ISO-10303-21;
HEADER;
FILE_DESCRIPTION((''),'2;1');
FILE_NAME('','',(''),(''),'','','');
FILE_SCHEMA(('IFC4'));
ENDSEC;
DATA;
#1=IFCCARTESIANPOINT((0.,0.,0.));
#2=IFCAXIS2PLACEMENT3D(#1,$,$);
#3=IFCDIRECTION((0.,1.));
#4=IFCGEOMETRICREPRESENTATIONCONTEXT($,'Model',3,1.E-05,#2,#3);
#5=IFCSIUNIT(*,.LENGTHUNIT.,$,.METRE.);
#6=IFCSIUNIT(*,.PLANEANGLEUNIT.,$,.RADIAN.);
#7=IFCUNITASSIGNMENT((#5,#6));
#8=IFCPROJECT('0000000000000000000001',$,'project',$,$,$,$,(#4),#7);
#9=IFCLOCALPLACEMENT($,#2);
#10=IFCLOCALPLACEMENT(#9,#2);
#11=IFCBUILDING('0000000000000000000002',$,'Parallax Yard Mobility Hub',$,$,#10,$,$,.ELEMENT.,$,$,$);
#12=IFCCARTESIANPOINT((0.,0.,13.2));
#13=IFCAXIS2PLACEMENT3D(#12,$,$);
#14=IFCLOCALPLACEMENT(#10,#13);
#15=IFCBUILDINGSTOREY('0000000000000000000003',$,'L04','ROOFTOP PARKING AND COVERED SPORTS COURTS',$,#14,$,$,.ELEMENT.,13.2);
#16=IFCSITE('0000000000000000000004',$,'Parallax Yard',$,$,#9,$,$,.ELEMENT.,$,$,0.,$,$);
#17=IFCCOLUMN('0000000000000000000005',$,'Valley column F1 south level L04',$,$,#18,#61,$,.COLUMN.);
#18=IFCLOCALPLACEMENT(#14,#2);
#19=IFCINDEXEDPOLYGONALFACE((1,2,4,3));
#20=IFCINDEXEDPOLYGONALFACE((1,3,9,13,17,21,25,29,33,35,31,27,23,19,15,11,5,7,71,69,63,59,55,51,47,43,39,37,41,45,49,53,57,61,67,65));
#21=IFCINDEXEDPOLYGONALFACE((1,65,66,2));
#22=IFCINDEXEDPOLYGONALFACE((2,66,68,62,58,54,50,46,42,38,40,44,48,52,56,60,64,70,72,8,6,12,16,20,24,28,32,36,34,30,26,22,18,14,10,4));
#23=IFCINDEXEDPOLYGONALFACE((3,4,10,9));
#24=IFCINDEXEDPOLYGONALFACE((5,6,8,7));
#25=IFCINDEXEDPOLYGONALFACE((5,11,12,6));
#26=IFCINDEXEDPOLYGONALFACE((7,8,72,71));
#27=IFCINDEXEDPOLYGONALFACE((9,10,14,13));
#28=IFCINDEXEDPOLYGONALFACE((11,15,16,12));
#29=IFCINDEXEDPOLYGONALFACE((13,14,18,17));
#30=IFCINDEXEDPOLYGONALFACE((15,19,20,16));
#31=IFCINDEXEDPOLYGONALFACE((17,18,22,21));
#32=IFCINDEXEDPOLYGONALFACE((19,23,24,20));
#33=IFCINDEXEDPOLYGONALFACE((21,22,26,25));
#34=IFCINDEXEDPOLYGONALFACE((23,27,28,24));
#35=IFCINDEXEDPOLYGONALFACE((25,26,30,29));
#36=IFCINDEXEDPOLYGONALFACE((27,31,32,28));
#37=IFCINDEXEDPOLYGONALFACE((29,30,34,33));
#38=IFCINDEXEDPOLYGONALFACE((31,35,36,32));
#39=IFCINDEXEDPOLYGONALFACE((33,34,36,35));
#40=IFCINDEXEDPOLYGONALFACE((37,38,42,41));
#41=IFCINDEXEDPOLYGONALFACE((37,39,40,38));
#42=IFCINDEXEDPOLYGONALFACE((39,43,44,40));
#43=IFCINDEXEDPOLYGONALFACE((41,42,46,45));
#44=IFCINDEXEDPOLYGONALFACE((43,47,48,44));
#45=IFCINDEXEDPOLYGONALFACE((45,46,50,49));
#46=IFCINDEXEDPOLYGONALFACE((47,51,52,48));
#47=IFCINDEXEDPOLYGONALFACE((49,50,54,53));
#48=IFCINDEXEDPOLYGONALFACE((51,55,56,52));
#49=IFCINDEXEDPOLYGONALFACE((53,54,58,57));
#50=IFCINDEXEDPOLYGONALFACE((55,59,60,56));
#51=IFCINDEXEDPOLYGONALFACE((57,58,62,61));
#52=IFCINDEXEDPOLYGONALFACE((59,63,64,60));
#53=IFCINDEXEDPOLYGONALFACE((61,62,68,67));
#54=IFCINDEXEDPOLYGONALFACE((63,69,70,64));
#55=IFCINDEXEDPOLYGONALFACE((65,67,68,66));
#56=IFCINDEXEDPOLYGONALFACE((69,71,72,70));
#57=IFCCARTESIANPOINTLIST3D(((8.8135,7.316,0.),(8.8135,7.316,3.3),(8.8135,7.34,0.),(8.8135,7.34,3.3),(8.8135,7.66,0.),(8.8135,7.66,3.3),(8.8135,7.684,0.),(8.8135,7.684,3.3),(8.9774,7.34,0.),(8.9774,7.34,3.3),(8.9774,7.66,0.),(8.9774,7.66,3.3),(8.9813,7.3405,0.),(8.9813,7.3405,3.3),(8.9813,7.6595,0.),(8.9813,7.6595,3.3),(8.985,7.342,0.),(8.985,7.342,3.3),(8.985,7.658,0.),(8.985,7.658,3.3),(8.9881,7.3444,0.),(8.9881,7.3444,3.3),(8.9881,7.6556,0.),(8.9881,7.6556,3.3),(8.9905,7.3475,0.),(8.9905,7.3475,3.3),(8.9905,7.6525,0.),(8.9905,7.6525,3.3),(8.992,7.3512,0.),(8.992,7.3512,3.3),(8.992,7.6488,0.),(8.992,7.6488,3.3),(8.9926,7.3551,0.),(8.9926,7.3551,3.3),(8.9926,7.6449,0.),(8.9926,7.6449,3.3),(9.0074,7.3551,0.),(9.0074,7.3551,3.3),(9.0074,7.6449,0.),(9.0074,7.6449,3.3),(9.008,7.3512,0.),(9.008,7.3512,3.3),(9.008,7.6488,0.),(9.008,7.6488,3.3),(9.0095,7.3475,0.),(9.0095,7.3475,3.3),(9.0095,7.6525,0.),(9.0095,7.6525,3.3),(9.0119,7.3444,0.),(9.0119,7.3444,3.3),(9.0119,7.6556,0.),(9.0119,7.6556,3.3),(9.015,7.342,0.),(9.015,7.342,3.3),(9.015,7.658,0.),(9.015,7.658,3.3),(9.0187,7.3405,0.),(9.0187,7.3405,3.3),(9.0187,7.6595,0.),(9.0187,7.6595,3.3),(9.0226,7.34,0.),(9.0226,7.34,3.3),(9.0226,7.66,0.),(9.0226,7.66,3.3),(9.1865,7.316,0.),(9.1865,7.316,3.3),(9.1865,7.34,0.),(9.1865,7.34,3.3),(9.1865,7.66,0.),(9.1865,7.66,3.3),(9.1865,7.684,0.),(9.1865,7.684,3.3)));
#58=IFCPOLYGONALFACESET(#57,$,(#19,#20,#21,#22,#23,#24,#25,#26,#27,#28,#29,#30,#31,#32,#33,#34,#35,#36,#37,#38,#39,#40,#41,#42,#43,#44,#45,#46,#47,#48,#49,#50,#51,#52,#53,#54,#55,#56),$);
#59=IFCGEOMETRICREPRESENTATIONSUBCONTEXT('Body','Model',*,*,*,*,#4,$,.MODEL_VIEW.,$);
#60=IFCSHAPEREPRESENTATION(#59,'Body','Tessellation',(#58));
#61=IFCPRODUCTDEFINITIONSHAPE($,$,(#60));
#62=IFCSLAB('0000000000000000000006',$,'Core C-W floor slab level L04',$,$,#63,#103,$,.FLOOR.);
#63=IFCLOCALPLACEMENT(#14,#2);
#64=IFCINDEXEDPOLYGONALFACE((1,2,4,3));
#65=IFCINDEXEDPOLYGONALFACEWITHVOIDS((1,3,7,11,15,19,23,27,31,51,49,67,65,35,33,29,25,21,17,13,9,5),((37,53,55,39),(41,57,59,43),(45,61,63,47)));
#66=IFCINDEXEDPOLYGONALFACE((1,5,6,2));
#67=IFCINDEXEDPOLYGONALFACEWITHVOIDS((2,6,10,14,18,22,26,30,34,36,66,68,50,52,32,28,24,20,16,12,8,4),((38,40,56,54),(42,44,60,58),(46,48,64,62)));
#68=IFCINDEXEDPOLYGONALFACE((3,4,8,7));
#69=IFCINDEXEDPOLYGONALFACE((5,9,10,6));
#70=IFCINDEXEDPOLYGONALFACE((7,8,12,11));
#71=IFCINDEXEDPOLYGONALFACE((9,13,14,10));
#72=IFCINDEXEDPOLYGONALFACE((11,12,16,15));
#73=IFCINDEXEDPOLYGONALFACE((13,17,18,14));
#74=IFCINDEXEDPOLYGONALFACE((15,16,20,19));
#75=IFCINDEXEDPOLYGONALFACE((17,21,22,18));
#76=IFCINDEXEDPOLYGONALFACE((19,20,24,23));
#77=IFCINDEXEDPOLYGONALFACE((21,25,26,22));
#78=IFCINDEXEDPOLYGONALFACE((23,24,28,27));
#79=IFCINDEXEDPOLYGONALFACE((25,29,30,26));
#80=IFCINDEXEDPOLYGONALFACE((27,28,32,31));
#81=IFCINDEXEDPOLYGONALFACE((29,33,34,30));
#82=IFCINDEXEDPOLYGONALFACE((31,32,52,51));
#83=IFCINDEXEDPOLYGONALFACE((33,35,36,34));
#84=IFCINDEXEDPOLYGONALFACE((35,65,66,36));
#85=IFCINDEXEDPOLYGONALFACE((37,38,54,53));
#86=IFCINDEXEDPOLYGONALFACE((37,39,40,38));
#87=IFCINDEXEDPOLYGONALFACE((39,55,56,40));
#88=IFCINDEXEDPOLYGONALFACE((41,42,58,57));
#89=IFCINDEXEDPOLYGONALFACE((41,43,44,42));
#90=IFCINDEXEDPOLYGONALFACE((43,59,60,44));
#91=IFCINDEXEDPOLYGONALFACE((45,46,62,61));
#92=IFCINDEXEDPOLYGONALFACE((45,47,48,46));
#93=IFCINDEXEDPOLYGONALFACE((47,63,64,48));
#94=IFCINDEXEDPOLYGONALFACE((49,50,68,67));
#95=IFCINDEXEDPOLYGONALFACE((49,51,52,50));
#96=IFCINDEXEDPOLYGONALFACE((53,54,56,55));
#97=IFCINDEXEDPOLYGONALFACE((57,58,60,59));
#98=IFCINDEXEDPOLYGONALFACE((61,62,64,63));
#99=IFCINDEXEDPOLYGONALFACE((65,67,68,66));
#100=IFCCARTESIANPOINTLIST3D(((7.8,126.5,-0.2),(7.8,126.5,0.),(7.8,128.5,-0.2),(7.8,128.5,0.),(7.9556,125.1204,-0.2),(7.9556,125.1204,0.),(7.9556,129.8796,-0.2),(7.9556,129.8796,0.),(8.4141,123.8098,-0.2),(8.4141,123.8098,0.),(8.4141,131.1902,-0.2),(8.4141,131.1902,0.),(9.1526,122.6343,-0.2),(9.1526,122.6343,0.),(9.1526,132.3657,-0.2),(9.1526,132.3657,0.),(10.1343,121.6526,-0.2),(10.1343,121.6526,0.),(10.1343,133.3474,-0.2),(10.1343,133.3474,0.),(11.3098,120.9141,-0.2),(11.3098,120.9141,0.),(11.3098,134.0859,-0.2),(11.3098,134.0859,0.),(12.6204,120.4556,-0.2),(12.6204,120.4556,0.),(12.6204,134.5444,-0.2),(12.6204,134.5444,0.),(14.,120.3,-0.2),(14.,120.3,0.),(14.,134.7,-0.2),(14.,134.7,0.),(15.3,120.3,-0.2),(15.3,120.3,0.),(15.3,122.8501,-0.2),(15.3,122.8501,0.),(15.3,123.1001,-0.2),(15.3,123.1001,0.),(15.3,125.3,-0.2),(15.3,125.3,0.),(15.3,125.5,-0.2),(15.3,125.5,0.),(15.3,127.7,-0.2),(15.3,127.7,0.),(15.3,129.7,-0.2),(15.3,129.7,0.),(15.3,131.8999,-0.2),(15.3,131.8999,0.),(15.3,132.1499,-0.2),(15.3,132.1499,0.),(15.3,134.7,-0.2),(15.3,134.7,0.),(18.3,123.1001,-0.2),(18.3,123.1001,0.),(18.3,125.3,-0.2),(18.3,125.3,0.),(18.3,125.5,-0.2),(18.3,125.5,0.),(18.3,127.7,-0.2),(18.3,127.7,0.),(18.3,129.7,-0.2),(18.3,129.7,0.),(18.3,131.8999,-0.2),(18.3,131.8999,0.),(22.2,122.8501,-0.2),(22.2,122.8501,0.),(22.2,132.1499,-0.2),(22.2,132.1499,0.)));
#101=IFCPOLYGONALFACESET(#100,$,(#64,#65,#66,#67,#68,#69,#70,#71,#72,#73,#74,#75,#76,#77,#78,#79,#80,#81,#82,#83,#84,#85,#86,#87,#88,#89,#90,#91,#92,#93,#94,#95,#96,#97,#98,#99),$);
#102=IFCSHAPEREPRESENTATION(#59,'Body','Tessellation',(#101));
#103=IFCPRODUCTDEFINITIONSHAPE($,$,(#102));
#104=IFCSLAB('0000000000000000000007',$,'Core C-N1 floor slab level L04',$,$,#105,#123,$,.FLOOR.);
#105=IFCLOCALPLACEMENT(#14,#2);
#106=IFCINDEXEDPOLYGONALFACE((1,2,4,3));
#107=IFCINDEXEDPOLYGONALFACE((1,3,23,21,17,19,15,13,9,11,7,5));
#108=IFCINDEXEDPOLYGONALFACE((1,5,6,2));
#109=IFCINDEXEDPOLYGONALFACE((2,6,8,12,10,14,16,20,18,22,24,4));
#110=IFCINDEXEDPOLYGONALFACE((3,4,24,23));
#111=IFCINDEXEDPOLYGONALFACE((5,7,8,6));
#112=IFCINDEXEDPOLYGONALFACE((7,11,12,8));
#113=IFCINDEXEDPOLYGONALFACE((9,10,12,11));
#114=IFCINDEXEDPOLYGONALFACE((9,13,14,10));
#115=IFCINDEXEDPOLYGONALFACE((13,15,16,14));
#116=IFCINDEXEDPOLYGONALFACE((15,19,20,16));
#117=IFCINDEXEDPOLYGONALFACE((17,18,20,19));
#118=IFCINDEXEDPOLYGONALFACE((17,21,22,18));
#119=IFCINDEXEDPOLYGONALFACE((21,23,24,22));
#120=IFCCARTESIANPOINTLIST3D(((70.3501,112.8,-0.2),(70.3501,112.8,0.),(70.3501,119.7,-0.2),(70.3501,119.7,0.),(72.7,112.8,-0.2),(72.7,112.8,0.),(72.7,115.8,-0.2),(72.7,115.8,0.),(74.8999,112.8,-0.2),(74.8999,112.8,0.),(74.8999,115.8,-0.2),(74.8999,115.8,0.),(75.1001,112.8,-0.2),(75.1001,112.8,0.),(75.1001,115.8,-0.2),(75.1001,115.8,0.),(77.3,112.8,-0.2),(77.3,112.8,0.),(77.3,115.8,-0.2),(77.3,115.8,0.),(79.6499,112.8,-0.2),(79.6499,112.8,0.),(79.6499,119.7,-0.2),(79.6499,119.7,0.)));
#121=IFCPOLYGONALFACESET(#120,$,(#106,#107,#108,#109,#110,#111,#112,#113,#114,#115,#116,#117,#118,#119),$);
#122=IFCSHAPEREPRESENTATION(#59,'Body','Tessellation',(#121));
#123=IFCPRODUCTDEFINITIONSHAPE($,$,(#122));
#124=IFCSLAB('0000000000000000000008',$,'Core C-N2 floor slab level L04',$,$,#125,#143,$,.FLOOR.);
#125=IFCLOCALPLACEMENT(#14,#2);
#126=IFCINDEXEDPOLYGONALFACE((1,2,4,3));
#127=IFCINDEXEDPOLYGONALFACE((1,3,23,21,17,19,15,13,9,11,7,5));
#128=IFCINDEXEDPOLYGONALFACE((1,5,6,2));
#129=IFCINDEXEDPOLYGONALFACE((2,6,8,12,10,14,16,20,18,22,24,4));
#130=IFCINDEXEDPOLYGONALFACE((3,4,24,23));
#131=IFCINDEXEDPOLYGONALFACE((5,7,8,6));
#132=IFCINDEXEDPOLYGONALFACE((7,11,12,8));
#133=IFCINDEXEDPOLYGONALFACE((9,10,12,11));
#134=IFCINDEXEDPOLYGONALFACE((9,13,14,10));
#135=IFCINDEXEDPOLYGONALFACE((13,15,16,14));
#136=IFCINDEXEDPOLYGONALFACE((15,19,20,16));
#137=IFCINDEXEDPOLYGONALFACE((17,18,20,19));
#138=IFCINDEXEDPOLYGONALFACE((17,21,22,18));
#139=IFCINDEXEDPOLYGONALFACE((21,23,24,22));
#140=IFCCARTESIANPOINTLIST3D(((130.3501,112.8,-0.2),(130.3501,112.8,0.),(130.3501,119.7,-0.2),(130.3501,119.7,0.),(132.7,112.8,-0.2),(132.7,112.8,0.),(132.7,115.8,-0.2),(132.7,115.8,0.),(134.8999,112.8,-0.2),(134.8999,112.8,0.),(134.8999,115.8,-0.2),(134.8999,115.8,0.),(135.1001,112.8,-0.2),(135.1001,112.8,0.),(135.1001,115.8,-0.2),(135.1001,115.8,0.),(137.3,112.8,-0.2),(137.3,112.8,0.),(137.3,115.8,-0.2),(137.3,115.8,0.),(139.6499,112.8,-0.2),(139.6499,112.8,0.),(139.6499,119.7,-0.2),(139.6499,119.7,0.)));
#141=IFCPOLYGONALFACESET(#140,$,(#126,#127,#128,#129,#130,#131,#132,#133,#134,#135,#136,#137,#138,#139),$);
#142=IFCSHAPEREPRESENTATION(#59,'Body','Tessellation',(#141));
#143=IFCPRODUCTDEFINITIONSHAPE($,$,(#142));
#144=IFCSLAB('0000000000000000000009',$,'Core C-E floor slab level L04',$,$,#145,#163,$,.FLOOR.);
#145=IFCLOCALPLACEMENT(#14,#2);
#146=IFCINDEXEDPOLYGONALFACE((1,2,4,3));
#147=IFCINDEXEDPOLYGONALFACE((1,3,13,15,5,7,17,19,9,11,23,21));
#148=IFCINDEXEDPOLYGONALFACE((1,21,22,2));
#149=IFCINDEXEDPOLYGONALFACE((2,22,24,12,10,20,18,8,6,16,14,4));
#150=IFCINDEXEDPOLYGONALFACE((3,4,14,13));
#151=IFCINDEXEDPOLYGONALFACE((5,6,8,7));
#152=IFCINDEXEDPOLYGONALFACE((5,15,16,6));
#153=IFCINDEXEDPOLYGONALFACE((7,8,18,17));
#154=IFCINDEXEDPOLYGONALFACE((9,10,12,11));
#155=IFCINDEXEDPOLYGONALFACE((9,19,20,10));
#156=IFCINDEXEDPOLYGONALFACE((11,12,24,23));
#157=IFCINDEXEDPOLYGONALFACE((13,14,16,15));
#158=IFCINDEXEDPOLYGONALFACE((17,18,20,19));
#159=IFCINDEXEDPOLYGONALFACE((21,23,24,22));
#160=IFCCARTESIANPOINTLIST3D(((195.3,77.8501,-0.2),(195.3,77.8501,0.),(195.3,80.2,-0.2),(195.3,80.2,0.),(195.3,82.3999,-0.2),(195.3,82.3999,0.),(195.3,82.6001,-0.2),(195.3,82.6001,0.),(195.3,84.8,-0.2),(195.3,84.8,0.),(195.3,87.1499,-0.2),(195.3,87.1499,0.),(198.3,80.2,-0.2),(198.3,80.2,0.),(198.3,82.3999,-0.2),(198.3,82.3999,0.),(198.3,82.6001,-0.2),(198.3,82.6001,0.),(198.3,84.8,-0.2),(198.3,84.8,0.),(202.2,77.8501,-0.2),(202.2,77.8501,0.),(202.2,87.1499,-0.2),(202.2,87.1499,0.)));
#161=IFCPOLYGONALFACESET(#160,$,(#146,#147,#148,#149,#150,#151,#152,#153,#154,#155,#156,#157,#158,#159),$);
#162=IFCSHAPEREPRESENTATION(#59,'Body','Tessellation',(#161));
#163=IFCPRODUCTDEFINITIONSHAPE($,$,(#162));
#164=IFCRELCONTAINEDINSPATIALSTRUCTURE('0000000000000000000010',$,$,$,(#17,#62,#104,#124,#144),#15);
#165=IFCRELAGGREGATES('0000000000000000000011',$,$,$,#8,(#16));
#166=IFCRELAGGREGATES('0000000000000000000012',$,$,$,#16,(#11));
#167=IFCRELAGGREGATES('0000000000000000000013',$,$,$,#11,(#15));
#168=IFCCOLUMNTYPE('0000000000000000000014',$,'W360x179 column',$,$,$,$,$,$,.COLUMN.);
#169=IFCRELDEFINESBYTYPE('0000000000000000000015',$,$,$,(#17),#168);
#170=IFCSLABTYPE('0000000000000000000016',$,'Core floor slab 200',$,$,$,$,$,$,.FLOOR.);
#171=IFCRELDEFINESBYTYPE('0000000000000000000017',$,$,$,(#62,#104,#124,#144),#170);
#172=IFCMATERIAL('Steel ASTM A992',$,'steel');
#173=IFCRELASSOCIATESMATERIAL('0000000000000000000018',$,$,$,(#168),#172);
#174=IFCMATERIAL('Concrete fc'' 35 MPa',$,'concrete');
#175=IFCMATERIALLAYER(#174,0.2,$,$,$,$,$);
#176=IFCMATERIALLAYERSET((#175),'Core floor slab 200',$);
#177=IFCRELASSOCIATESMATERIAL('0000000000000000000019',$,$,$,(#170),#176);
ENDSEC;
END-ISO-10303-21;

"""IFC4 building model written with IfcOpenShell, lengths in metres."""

from ifc_helpers import new_model, si_unit, direction, frame, origin, origin_2d, place, context, subcontext, project, spatial, polyline, i_section, outline, extrude, material, layer, layer_set, material_profile, profile_set, type_object, element, save


model = new_model("IFC4")

# Units and contexts
model_context = context("Model", 3, precision=1e-05, world=origin(), true_north=direction((0.0, 1.0)))
body_context = subcontext(model_context, "Body", "Model", "MODEL_VIEW")
ifc_project = project(units=[si_unit("LENGTHUNIT", "METRE"), si_unit("PLANEANGLEUNIT", "RADIAN")], contexts=[model_context])

# Site, building, storey
site_placement = place(None, origin())
site = spatial("IfcSite", under=ifc_project, at=site_placement, Name="Parallax Yard", CompositionType="ELEMENT", RefElevation=0.0)
building_placement = place(site_placement, origin())
building = spatial("IfcBuilding", under=site, at=building_placement, Name="Parallax Yard Mobility Hub", CompositionType="ELEMENT")
storey_placement = place(building_placement, frame((0.0, 0.0, 13.2)))
storey = spatial("IfcBuildingStorey", under=building, at=storey_placement, Name="L04", Description="ROOFTOP PARKING AND COVERED SPORTS COURTS", CompositionType="ELEMENT", Elevation=13.2)

# Column
ifc_material_1 = material(Name="Steel ASTM A992", Category="steel")
ifc_material_profile = material_profile(ifc_material_1, i_section(OverallWidth=0.373, OverallDepth=0.3679, WebThickness=0.0149, FlangeThickness=0.0239, FilletRadius=0.0151, at=origin_2d()), Name="W360x179")
ifc_profile_set = profile_set([ifc_material_profile], Name="Steel ASTM A992")
column_type = type_object("IfcColumnType", Name="W360x179 column", PredefinedType="COLUMN", material=ifc_profile_set)
column_placement = place(storey_placement, frame((9.0, 7.5, 0.0), z_axis=(0.0, 0.0, 1.0), x_axis=(1.0, 0.0, 0.0)))
element("IfcColumn", 1, at=column_placement, inside=storey, type_object=column_type, Name="Valley column F1 south level L04", PredefinedType="COLUMN", context=body_context, shape_type="SweptSolid", body=[
    extrude(i_section(OverallWidth=0.373, OverallDepth=0.3679, WebThickness=0.0149, FlangeThickness=0.0239, FilletRadius=0.0151, at=origin_2d()), origin(), (0.0, 0.0, 1.0), 3.3),
])

# Slabs
ifc_material_2 = material(Name="Concrete fc' 35 MPa", Category="concrete")
ifc_layer_1 = layer(ifc_material_2, 0.2)
ifc_layer_set_1 = layer_set([ifc_layer_1], Name="Core floor slab 200")
slab_type_1 = type_object("IfcSlabType", Name="Core floor slab 200", PredefinedType="FLOOR", material=ifc_layer_set_1)
slab_1_placement = place(storey_placement, frame((0.0, 0.0, -0.2)))
element("IfcSlab", 2, at=slab_1_placement, inside=storey, type_object=slab_type_1, Name="Core C-W floor slab level L04", PredefinedType="FLOOR", context=body_context, shape_type="SweptSolid", body=[
    extrude(outline(polyline([(11.3098, 120.9141), (10.1343, 121.6526), (9.1526, 122.6343), (8.4141, 123.8098), (7.9556, 125.1204), (7.8, 126.5), (7.8, 128.5), (7.9556, 129.8796), (8.4141, 131.1902), (9.1526, 132.3657), (10.1343, 133.3474), (11.3098, 134.0859), (12.6204, 134.5444), (14.0, 134.7), (15.3, 134.7), (15.3, 132.1499), (22.2, 132.1499), (22.2, 122.8501), (15.3, 122.8501), (15.3, 120.3), (14.0, 120.3), (12.6204, 120.4556), (11.3098, 120.9141)]), holes=[polyline([(18.3, 123.1001), (18.3, 125.3), (15.3, 125.3), (15.3, 123.1001), (18.3, 123.1001)]), polyline([(15.3, 125.5), (18.3, 125.5), (18.3, 127.7), (15.3, 127.7), (15.3, 125.5)]), polyline([(15.3, 131.8999), (15.3, 129.7), (18.3, 129.7), (18.3, 131.8999), (15.3, 131.8999)])]), origin(), (0.0, 0.0, 1.0), 0.2),
])
slab_2_placement = place(storey_placement, frame((0.0, 0.0, -0.2)))
element("IfcSlab", 3, at=slab_2_placement, inside=storey, type_object=slab_type_1, Name="Core C-N1 floor slab level L04", PredefinedType="FLOOR", context=body_context, shape_type="SweptSolid", body=[
    extrude(outline(polyline([(79.6499, 119.7), (79.6499, 112.8), (77.3, 112.8), (77.3, 115.8), (75.1001, 115.8), (75.1001, 112.8), (74.8999, 112.8), (74.8999, 115.8), (72.7, 115.8), (72.7, 112.8), (70.3501, 112.8), (70.3501, 119.7), (79.6499, 119.7)])), origin(), (0.0, 0.0, 1.0), 0.2),
])
slab_3_placement = place(storey_placement, frame((0.0, 0.0, -0.2)))
element("IfcSlab", 4, at=slab_3_placement, inside=storey, type_object=slab_type_1, Name="Core C-N2 floor slab level L04", PredefinedType="FLOOR", context=body_context, shape_type="SweptSolid", body=[
    extrude(outline(polyline([(139.6499, 119.7), (139.6499, 112.8), (137.3, 112.8), (137.3, 115.8), (135.1001, 115.8), (135.1001, 112.8), (134.8999, 112.8), (134.8999, 115.8), (132.7, 115.8), (132.7, 112.8), (130.3501, 112.8), (130.3501, 119.7), (139.6499, 119.7)])), origin(), (0.0, 0.0, 1.0), 0.2),
])
slab_4_placement = place(storey_placement, frame((0.0, 0.0, -0.2)))
element("IfcSlab", 5, at=slab_4_placement, inside=storey, type_object=slab_type_1, Name="Core C-E floor slab level L04", PredefinedType="FLOOR", context=body_context, shape_type="SweptSolid", body=[
    extrude(outline(polyline([(202.2, 77.8501), (195.3, 77.8501), (195.3, 80.2), (198.3, 80.2), (198.3, 82.3999), (195.3, 82.3999), (195.3, 82.6001), (198.3, 82.6001), (198.3, 84.8), (195.3, 84.8), (195.3, 87.1499), (202.2, 87.1499), (202.2, 77.8501)])), origin(), (0.0, 0.0, 1.0), 0.2),
])

save(model, "model.ifc")
